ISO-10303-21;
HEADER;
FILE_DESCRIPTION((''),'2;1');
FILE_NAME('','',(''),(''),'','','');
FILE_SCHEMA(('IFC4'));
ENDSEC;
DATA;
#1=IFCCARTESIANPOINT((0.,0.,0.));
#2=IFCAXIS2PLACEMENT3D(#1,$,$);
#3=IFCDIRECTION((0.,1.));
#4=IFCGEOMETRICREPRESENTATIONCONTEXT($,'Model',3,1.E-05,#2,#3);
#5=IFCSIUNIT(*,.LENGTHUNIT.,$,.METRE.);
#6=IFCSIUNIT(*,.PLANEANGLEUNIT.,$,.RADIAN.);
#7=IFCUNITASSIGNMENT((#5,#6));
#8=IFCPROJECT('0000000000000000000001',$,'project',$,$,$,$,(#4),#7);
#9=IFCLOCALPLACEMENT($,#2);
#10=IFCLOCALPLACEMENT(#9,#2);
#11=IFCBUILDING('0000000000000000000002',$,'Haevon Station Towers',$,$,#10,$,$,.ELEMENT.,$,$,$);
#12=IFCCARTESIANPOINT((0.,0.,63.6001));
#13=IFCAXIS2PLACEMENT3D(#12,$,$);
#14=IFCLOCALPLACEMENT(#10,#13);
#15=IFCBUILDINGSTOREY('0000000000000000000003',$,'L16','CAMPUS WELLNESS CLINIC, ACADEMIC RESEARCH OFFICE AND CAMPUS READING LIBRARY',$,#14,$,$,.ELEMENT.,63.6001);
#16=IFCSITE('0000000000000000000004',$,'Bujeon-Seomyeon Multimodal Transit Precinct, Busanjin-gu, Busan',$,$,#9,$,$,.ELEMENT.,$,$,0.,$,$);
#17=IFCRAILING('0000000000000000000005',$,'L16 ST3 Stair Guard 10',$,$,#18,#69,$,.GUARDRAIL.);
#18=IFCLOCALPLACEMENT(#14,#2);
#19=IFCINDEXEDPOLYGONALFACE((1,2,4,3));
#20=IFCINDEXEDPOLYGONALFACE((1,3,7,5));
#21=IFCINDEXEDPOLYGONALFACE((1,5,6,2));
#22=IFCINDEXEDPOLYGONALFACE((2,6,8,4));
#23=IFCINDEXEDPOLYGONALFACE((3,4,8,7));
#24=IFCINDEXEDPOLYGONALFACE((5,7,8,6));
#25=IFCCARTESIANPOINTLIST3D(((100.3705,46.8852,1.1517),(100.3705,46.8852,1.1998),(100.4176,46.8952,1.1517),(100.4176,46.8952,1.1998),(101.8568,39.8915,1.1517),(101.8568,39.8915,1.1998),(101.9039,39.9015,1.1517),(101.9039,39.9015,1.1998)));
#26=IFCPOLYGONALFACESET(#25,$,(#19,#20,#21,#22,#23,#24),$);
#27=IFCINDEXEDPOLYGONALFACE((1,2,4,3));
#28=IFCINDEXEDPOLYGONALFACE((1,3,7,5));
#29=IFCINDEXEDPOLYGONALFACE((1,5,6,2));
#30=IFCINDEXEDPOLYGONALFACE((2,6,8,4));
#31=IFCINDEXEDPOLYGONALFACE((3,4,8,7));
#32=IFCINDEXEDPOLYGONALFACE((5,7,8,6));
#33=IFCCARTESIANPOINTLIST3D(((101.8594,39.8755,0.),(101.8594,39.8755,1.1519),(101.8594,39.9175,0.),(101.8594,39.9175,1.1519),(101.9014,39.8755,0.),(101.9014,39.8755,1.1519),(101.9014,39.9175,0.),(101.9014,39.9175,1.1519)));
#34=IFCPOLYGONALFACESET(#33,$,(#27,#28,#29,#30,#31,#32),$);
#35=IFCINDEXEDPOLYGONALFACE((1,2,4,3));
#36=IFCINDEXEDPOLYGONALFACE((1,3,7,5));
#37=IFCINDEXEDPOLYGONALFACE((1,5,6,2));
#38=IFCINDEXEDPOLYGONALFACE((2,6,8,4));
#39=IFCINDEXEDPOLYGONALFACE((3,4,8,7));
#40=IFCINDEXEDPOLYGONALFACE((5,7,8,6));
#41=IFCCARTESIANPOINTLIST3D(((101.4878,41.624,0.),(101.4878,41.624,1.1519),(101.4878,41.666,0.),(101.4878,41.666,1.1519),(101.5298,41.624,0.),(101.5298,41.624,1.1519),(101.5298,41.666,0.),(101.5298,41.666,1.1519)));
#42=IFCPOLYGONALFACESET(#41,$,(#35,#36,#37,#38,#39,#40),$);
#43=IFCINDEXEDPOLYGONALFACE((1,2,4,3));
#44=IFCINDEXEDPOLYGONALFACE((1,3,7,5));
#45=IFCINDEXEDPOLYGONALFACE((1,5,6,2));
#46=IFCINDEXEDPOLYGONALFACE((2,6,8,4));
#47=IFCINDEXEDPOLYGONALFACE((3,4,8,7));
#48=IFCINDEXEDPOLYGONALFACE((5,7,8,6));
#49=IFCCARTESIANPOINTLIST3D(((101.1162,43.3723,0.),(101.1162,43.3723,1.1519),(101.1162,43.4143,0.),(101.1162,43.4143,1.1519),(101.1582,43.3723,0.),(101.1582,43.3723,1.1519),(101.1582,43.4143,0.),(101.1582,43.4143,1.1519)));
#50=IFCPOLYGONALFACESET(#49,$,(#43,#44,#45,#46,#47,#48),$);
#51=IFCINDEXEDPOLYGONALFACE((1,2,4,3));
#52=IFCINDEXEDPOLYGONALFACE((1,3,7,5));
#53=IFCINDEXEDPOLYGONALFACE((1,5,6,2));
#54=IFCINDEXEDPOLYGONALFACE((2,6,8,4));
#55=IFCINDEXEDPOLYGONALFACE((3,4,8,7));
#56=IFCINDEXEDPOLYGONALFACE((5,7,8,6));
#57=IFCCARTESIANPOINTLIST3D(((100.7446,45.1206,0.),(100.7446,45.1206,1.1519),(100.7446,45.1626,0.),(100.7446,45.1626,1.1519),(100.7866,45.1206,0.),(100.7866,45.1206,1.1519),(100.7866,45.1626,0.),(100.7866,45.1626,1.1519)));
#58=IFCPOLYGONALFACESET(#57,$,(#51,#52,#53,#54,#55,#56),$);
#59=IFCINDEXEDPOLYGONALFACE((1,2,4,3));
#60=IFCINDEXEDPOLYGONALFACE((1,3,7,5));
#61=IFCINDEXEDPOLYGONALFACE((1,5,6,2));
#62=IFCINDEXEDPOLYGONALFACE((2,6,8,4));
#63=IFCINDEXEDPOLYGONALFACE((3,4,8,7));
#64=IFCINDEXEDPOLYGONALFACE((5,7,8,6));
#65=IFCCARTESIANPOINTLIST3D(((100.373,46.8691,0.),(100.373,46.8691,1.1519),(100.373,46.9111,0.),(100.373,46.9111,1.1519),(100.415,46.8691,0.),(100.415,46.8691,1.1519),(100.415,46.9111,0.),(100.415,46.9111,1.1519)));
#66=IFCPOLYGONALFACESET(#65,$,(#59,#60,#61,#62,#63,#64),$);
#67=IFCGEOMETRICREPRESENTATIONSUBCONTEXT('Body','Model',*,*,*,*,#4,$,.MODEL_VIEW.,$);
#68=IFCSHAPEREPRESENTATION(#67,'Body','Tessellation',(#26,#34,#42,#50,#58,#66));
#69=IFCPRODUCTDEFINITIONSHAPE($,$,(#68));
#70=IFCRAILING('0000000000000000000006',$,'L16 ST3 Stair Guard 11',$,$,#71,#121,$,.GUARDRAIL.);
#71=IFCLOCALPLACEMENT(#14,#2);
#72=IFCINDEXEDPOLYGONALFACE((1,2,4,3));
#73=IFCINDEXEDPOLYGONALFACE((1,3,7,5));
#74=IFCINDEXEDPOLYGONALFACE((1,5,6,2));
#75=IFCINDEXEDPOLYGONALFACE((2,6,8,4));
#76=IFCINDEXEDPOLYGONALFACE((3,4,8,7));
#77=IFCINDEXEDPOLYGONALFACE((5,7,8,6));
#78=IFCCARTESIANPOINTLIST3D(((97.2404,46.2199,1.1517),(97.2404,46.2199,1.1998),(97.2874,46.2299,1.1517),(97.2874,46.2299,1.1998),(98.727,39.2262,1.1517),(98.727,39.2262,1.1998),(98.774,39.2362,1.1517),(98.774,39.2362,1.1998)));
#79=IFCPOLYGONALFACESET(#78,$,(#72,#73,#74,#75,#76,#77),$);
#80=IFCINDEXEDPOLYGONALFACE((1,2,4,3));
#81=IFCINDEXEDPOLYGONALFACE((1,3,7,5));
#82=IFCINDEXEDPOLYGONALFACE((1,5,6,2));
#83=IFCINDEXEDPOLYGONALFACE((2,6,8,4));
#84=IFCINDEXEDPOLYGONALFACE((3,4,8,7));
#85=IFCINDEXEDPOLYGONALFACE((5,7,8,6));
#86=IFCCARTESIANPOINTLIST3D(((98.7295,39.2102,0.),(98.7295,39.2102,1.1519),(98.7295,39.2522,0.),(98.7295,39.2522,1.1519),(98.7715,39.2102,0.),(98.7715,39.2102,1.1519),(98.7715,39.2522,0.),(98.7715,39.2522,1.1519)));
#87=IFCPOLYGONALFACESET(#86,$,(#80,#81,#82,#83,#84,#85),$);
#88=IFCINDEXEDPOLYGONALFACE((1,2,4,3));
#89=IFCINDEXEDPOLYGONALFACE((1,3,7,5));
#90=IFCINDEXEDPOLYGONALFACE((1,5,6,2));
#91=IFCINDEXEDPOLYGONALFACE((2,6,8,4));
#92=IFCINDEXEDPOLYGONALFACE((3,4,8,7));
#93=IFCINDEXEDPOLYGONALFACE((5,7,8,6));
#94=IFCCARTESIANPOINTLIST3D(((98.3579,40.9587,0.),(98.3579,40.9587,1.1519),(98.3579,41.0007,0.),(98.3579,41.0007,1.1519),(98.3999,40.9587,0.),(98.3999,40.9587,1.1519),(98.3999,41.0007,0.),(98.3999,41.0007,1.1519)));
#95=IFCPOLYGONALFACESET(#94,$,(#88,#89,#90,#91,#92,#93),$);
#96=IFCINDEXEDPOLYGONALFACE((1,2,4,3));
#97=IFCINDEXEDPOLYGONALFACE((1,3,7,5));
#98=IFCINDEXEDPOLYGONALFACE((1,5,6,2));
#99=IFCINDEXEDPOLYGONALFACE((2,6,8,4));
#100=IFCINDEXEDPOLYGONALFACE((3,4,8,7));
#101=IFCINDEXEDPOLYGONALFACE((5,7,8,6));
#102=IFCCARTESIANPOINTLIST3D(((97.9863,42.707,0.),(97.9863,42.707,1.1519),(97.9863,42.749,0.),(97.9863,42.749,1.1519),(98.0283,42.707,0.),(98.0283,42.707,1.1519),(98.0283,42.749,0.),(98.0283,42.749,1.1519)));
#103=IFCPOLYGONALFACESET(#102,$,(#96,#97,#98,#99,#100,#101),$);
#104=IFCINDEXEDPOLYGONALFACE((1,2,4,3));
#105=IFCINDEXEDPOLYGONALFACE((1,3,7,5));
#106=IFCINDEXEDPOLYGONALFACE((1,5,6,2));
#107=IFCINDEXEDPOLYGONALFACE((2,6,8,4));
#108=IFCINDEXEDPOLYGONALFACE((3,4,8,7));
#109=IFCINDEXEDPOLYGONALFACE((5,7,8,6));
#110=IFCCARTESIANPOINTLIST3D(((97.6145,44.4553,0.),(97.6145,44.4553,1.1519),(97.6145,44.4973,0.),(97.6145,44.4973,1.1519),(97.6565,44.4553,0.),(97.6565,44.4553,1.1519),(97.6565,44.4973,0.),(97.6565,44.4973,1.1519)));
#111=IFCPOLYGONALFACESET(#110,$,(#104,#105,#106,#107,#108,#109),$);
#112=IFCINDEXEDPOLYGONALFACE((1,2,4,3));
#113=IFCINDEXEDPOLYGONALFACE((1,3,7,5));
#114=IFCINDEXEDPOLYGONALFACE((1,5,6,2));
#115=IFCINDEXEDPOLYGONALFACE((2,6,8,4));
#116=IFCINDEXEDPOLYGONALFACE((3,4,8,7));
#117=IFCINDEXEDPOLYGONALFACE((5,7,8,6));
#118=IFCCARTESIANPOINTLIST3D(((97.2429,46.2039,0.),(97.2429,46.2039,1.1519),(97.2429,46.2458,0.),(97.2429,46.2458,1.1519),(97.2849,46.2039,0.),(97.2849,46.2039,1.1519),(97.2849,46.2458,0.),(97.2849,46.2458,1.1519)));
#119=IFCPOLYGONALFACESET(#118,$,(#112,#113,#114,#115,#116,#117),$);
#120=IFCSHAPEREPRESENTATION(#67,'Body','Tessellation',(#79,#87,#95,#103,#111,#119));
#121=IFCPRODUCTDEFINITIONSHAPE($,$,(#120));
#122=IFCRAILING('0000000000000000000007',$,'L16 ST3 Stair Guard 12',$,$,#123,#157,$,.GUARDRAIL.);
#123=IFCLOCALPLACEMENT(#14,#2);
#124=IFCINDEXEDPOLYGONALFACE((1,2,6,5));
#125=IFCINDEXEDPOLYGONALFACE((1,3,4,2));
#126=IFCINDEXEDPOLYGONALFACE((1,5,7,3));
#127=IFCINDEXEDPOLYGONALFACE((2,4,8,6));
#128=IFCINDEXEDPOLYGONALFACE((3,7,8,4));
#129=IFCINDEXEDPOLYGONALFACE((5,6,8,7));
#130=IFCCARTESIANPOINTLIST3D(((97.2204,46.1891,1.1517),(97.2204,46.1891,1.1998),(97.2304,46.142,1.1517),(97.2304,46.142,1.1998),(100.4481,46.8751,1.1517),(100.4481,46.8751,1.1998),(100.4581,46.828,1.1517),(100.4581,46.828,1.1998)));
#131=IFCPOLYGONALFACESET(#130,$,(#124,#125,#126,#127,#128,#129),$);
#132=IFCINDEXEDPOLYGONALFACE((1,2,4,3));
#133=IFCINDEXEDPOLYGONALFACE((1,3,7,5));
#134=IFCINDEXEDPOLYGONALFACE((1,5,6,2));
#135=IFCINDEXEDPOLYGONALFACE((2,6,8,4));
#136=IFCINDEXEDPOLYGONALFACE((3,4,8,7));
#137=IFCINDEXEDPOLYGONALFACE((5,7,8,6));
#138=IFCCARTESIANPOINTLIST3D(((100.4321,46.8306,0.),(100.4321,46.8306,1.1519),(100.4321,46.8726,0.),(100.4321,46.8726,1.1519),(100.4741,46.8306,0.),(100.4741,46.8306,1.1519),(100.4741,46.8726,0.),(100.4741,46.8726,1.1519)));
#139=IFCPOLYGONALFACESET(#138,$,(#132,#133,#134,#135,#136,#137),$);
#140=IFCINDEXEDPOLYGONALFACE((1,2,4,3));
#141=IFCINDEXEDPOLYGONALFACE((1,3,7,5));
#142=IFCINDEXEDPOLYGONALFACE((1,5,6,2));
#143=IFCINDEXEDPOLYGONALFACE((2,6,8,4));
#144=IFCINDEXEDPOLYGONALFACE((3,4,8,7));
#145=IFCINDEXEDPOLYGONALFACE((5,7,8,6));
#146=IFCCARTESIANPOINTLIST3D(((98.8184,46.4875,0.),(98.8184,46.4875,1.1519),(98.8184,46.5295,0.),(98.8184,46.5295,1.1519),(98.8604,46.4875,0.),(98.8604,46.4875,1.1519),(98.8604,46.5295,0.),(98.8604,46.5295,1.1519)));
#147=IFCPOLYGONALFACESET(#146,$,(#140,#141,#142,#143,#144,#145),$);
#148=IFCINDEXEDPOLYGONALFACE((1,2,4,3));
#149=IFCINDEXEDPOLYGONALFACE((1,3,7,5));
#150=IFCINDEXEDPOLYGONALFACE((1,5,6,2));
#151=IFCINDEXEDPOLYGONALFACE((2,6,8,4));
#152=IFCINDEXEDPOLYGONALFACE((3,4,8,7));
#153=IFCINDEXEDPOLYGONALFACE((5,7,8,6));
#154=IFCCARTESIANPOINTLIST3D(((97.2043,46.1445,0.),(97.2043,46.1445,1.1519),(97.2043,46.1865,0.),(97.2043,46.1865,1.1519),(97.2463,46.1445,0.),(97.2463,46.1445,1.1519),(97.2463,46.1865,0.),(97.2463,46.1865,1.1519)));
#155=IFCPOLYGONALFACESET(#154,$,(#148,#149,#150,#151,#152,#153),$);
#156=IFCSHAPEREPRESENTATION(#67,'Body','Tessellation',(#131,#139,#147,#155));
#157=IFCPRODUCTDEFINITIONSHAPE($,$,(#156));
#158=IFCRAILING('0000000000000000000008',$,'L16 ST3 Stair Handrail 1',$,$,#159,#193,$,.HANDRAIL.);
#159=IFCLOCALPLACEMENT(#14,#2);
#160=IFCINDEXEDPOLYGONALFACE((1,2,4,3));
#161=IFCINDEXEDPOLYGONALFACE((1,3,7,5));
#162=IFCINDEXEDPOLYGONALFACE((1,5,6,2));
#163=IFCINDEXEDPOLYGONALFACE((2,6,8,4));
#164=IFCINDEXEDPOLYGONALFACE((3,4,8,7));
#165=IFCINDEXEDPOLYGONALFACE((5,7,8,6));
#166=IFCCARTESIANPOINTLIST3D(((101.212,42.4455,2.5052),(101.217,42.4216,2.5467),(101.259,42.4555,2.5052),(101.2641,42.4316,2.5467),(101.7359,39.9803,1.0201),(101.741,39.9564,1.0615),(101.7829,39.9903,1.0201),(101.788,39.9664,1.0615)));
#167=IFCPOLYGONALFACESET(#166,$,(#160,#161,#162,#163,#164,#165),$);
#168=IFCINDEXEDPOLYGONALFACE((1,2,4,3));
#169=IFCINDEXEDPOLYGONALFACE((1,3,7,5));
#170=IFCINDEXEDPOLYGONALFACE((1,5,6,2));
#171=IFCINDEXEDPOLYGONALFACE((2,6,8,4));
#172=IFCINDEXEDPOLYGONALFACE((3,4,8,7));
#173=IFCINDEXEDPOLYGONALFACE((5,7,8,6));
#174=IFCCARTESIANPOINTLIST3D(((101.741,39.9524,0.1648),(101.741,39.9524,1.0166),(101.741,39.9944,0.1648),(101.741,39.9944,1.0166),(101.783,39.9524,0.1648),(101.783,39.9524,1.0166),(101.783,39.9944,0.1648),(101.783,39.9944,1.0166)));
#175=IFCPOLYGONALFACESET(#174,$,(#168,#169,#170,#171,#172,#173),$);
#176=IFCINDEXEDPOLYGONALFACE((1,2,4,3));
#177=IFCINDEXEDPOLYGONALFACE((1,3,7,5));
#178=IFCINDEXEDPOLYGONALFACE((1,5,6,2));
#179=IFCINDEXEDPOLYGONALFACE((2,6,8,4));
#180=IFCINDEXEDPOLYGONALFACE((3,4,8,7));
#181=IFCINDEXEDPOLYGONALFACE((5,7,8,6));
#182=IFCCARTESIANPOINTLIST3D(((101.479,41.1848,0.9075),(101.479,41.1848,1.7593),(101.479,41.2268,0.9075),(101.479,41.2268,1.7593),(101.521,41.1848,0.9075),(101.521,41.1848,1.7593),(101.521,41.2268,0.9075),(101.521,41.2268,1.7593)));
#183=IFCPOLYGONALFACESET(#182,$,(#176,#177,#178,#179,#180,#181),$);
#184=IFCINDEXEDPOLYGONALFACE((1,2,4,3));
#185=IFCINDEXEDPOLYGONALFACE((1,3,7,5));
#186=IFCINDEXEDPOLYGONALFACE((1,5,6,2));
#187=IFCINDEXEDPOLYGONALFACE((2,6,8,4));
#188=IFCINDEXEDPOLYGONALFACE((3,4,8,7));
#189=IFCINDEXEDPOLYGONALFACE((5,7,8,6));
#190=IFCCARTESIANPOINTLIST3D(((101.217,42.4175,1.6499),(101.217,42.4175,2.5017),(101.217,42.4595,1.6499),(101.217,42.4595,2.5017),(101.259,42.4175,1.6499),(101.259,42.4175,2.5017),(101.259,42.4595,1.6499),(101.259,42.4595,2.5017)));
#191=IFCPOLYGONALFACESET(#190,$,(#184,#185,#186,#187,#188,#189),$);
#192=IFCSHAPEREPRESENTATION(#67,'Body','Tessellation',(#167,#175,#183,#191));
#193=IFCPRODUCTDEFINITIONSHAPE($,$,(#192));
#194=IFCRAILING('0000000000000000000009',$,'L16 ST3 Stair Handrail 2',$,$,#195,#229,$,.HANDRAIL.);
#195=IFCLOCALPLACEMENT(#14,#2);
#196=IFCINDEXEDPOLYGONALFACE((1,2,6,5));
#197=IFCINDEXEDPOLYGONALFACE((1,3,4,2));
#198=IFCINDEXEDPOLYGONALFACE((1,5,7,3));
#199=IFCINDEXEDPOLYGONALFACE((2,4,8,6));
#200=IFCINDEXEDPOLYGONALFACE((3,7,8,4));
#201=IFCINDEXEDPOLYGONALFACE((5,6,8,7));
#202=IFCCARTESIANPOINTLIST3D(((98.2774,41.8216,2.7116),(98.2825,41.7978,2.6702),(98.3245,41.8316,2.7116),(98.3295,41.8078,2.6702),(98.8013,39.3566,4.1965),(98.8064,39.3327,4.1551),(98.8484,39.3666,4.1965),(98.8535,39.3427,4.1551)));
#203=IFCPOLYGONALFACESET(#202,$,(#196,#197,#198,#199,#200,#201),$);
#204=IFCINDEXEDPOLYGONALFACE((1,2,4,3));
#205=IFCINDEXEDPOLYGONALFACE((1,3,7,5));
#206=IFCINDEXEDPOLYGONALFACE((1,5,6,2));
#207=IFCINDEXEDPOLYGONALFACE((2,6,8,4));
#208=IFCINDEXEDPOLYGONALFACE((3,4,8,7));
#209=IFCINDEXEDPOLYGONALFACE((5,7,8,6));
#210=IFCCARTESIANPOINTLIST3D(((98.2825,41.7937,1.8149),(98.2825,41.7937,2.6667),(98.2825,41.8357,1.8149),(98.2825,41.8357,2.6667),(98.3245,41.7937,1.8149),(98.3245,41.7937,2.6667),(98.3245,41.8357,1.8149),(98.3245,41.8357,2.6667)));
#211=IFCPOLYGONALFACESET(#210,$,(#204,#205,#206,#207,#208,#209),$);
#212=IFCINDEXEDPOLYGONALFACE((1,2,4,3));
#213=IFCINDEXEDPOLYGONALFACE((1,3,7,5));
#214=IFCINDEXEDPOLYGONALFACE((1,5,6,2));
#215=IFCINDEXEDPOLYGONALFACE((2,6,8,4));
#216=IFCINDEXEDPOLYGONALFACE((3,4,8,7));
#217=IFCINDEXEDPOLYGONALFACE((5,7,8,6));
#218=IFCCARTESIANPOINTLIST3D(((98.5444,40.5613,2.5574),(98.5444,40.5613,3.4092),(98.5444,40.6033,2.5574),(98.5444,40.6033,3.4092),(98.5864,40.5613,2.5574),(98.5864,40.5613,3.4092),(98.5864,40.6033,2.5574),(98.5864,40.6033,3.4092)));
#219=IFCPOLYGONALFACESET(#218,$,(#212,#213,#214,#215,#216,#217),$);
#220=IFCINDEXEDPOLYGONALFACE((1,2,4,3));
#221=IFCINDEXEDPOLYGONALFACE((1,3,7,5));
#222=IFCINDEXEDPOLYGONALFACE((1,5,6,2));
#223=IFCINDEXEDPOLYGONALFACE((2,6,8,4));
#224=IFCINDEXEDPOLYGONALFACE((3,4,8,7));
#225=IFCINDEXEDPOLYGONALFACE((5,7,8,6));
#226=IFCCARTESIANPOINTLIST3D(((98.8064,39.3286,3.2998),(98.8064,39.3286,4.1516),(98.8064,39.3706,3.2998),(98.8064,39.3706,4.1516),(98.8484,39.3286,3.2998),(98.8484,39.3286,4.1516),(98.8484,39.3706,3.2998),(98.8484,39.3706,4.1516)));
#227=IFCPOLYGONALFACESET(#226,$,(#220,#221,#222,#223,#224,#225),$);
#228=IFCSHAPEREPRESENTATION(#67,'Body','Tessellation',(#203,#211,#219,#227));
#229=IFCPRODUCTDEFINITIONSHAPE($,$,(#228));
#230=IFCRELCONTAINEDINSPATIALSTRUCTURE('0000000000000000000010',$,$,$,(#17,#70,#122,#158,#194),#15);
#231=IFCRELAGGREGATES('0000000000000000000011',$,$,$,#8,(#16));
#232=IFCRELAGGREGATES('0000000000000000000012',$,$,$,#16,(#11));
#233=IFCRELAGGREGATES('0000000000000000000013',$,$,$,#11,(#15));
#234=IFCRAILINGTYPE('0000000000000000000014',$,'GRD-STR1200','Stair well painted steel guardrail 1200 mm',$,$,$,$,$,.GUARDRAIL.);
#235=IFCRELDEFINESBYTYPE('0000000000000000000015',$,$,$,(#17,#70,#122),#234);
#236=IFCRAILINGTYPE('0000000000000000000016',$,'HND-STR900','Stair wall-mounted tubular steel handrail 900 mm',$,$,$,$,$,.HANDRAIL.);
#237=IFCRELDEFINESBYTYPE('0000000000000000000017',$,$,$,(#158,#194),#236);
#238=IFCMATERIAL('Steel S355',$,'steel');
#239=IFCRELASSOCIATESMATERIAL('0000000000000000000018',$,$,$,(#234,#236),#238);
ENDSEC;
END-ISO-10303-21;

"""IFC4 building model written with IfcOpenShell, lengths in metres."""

from ifc_helpers import new_model, si_unit, direction, frame, origin, origin_2d, place, context, subcontext, project, spatial, rectangle, extrude, material, type_object, element, save


model = new_model("IFC4")

# Units and contexts
model_context = context("Model", 3, precision=1e-05, world=origin(), true_north=direction((0.0, 1.0)))
body_context = subcontext(model_context, "Body", "Model", "MODEL_VIEW")
ifc_project = project(units=[si_unit("LENGTHUNIT", "METRE"), si_unit("PLANEANGLEUNIT", "RADIAN")], contexts=[model_context])

# Site, building, storey
site_placement = place(None, origin())
site = spatial("IfcSite", under=ifc_project, at=site_placement, Name="Bujeon-Seomyeon Multimodal Transit Precinct, Busanjin-gu, Busan", CompositionType="ELEMENT", RefElevation=0.0)
building_placement = place(site_placement, origin())
building = spatial("IfcBuilding", under=site, at=building_placement, Name="Haevon Station Towers", CompositionType="ELEMENT")
storey_placement = place(building_placement, frame((0.0, 0.0, 63.6001)))
storey = spatial("IfcBuildingStorey", under=building, at=storey_placement, Name="L16", Description="CAMPUS WELLNESS CLINIC, ACADEMIC RESEARCH OFFICE AND CAMPUS READING LIBRARY", CompositionType="ELEMENT", Elevation=63.6001)

# Shared definitions
ifc_material_1 = material(Name="Steel S355", Category="steel")

# Railings
railing_type_1 = type_object("IfcRailingType", Name="GRD-STR1200", Description="Stair well painted steel guardrail 1200 mm", PredefinedType="GUARDRAIL", material=ifc_material_1)
railing_1_placement = place(storey_placement, frame((101.8804, 39.8965, 0.0)))
element("IfcRailing", 1, at=railing_1_placement, inside=storey, type_object=railing_type_1, Name="L16 ST3 Stair Guard 10", PredefinedType="GUARDRAIL", context=body_context, shape_type="SweptSolid", body=[
    extrude(rectangle(XDim=0.0481, YDim=0.0481, at=origin_2d()), frame((0.0, 0.0, 1.1758), z_axis=(-0.207882, 0.978154, 0.0), x_axis=(-0.978154, -0.207882, 0.0)), (0.0, 0.0, 1.0), 7.1499),
    extrude(rectangle(XDim=0.042, YDim=0.042, at=origin_2d()), origin(), (0.0, 0.0, 1.0), 1.1519),
    extrude(rectangle(XDim=0.042, YDim=0.042, at=origin_2d()), frame((-0.3716, 1.7485, 0.0)), (0.0, 0.0, 1.0), 1.1519),
    extrude(rectangle(XDim=0.042, YDim=0.042, at=origin_2d()), frame((-0.7432, 3.4968, 0.0)), (0.0, 0.0, 1.0), 1.1519),
    extrude(rectangle(XDim=0.042, YDim=0.042, at=origin_2d()), frame((-1.1147, 5.2451, 0.0)), (0.0, 0.0, 1.0), 1.1519),
    extrude(rectangle(XDim=0.042, YDim=0.042, at=origin_2d()), frame((-1.4863, 6.9937, 0.0)), (0.0, 0.0, 1.0), 1.1519),
])
railing_2_placement = place(storey_placement, frame((98.7505, 39.2312, 0.0)))
element("IfcRailing", 2, at=railing_2_placement, inside=storey, type_object=railing_type_1, Name="L16 ST3 Stair Guard 11", PredefinedType="GUARDRAIL", context=body_context, shape_type="SweptSolid", body=[
    extrude(rectangle(XDim=0.0481, YDim=0.0481, at=origin_2d()), frame((0.0, 0.0, 1.1758), z_axis=(-0.207915, 0.978147, 0.0), x_axis=(-0.978147, -0.207915, 0.0)), (0.0, 0.0, 1.0), 7.1499),
    extrude(rectangle(XDim=0.042, YDim=0.042, at=origin_2d()), origin(), (0.0, 0.0, 1.0), 1.1519),
    extrude(rectangle(XDim=0.042, YDim=0.042, at=origin_2d()), frame((-0.3716, 1.7485, 0.0)), (0.0, 0.0, 1.0), 1.1519),
    extrude(rectangle(XDim=0.042, YDim=0.042, at=origin_2d()), frame((-0.7432, 3.4968, 0.0)), (0.0, 0.0, 1.0), 1.1519),
    extrude(rectangle(XDim=0.042, YDim=0.042, at=origin_2d()), frame((-1.115, 5.2451, 0.0)), (0.0, 0.0, 1.0), 1.1519),
    extrude(rectangle(XDim=0.042, YDim=0.042, at=origin_2d()), frame((-1.4866, 6.9937, 0.0)), (0.0, 0.0, 1.0), 1.1519),
])
railing_3_placement = place(storey_placement, frame((100.4531, 46.8516, 0.0)))
element("IfcRailing", 3, at=railing_3_placement, inside=storey, type_object=railing_type_1, Name="L16 ST3 Stair Guard 12", PredefinedType="GUARDRAIL", context=body_context, shape_type="SweptSolid", body=[
    extrude(rectangle(XDim=0.0481, YDim=0.0481, at=origin_2d()), frame((0.0, 0.0, 1.1758), z_axis=(-0.978151, -0.207897, 0.0), x_axis=(0.207897, -0.978151, 0.0)), (0.0, 0.0, 1.0), 3.2998),
    extrude(rectangle(XDim=0.042, YDim=0.042, at=origin_2d()), origin(), (0.0, 0.0, 1.0), 1.1519),
    extrude(rectangle(XDim=0.042, YDim=0.042, at=origin_2d()), frame((-1.6138, -0.343, 0.0)), (0.0, 0.0, 1.0), 1.1519),
    extrude(rectangle(XDim=0.042, YDim=0.042, at=origin_2d()), frame((-3.2278, -0.686, 0.0)), (0.0, 0.0, 1.0), 1.1519),
])
railing_type_2 = type_object("IfcRailingType", Name="HND-STR900", Description="Stair wall-mounted tubular steel handrail 900 mm", PredefinedType="HANDRAIL", material=ifc_material_1)
railing_4_placement = place(storey_placement, frame((101.762, 39.9734, 0.1648)))
element("IfcRailing", 4, at=railing_4_placement, inside=storey, type_object=railing_type_2, Name="L16 ST3 Stair Handrail 1", PredefinedType="HANDRAIL", context=body_context, shape_type="SweptSolid", body=[
    extrude(rectangle(XDim=0.0481, YDim=0.0481, at=origin_2d()), frame((0.0, 0.0, 0.876), z_axis=(-0.179109, 0.842712, 0.507697), x_axis=(-0.978151, -0.207895, 0.0)), (0.0, 0.0, 1.0), 2.9253),
    extrude(rectangle(XDim=0.042, YDim=0.042, at=origin_2d()), origin(), (0.0, 0.0, 1.0), 0.8518),
    extrude(rectangle(XDim=0.042, YDim=0.042, at=origin_2d()), frame((-0.262, 1.2324, 0.7427)), (0.0, 0.0, 1.0), 0.8518),
    extrude(rectangle(XDim=0.042, YDim=0.042, at=origin_2d()), frame((-0.5239, 2.4651, 1.4851)), (0.0, 0.0, 1.0), 0.8518),
])
railing_5_placement = place(storey_placement, frame((98.3035, 41.8147, 1.8149)))
element("IfcRailing", 5, at=railing_5_placement, inside=storey, type_object=railing_type_2, Name="L16 ST3 Stair Handrail 2", PredefinedType="HANDRAIL", context=body_context, shape_type="SweptSolid", body=[
    extrude(rectangle(XDim=0.0481, YDim=0.0481, at=origin_2d()), frame((0.0, 0.0, 0.876), z_axis=(0.179116, -0.842748, 0.507635), x_axis=(0.978151, 0.207895, 0.0)), (0.0, 0.0, 1.0), 2.925),
    extrude(rectangle(XDim=0.042, YDim=0.042, at=origin_2d()), origin(), (0.0, 0.0, 1.0), 0.8518),
    extrude(rectangle(XDim=0.042, YDim=0.042, at=origin_2d()), frame((0.262, -1.2324, 0.7424)), (0.0, 0.0, 1.0), 0.8518),
    extrude(rectangle(XDim=0.042, YDim=0.042, at=origin_2d()), frame((0.5239, -2.4651, 1.4849)), (0.0, 0.0, 1.0), 0.8518),
])

save(model, "model.ifc")
